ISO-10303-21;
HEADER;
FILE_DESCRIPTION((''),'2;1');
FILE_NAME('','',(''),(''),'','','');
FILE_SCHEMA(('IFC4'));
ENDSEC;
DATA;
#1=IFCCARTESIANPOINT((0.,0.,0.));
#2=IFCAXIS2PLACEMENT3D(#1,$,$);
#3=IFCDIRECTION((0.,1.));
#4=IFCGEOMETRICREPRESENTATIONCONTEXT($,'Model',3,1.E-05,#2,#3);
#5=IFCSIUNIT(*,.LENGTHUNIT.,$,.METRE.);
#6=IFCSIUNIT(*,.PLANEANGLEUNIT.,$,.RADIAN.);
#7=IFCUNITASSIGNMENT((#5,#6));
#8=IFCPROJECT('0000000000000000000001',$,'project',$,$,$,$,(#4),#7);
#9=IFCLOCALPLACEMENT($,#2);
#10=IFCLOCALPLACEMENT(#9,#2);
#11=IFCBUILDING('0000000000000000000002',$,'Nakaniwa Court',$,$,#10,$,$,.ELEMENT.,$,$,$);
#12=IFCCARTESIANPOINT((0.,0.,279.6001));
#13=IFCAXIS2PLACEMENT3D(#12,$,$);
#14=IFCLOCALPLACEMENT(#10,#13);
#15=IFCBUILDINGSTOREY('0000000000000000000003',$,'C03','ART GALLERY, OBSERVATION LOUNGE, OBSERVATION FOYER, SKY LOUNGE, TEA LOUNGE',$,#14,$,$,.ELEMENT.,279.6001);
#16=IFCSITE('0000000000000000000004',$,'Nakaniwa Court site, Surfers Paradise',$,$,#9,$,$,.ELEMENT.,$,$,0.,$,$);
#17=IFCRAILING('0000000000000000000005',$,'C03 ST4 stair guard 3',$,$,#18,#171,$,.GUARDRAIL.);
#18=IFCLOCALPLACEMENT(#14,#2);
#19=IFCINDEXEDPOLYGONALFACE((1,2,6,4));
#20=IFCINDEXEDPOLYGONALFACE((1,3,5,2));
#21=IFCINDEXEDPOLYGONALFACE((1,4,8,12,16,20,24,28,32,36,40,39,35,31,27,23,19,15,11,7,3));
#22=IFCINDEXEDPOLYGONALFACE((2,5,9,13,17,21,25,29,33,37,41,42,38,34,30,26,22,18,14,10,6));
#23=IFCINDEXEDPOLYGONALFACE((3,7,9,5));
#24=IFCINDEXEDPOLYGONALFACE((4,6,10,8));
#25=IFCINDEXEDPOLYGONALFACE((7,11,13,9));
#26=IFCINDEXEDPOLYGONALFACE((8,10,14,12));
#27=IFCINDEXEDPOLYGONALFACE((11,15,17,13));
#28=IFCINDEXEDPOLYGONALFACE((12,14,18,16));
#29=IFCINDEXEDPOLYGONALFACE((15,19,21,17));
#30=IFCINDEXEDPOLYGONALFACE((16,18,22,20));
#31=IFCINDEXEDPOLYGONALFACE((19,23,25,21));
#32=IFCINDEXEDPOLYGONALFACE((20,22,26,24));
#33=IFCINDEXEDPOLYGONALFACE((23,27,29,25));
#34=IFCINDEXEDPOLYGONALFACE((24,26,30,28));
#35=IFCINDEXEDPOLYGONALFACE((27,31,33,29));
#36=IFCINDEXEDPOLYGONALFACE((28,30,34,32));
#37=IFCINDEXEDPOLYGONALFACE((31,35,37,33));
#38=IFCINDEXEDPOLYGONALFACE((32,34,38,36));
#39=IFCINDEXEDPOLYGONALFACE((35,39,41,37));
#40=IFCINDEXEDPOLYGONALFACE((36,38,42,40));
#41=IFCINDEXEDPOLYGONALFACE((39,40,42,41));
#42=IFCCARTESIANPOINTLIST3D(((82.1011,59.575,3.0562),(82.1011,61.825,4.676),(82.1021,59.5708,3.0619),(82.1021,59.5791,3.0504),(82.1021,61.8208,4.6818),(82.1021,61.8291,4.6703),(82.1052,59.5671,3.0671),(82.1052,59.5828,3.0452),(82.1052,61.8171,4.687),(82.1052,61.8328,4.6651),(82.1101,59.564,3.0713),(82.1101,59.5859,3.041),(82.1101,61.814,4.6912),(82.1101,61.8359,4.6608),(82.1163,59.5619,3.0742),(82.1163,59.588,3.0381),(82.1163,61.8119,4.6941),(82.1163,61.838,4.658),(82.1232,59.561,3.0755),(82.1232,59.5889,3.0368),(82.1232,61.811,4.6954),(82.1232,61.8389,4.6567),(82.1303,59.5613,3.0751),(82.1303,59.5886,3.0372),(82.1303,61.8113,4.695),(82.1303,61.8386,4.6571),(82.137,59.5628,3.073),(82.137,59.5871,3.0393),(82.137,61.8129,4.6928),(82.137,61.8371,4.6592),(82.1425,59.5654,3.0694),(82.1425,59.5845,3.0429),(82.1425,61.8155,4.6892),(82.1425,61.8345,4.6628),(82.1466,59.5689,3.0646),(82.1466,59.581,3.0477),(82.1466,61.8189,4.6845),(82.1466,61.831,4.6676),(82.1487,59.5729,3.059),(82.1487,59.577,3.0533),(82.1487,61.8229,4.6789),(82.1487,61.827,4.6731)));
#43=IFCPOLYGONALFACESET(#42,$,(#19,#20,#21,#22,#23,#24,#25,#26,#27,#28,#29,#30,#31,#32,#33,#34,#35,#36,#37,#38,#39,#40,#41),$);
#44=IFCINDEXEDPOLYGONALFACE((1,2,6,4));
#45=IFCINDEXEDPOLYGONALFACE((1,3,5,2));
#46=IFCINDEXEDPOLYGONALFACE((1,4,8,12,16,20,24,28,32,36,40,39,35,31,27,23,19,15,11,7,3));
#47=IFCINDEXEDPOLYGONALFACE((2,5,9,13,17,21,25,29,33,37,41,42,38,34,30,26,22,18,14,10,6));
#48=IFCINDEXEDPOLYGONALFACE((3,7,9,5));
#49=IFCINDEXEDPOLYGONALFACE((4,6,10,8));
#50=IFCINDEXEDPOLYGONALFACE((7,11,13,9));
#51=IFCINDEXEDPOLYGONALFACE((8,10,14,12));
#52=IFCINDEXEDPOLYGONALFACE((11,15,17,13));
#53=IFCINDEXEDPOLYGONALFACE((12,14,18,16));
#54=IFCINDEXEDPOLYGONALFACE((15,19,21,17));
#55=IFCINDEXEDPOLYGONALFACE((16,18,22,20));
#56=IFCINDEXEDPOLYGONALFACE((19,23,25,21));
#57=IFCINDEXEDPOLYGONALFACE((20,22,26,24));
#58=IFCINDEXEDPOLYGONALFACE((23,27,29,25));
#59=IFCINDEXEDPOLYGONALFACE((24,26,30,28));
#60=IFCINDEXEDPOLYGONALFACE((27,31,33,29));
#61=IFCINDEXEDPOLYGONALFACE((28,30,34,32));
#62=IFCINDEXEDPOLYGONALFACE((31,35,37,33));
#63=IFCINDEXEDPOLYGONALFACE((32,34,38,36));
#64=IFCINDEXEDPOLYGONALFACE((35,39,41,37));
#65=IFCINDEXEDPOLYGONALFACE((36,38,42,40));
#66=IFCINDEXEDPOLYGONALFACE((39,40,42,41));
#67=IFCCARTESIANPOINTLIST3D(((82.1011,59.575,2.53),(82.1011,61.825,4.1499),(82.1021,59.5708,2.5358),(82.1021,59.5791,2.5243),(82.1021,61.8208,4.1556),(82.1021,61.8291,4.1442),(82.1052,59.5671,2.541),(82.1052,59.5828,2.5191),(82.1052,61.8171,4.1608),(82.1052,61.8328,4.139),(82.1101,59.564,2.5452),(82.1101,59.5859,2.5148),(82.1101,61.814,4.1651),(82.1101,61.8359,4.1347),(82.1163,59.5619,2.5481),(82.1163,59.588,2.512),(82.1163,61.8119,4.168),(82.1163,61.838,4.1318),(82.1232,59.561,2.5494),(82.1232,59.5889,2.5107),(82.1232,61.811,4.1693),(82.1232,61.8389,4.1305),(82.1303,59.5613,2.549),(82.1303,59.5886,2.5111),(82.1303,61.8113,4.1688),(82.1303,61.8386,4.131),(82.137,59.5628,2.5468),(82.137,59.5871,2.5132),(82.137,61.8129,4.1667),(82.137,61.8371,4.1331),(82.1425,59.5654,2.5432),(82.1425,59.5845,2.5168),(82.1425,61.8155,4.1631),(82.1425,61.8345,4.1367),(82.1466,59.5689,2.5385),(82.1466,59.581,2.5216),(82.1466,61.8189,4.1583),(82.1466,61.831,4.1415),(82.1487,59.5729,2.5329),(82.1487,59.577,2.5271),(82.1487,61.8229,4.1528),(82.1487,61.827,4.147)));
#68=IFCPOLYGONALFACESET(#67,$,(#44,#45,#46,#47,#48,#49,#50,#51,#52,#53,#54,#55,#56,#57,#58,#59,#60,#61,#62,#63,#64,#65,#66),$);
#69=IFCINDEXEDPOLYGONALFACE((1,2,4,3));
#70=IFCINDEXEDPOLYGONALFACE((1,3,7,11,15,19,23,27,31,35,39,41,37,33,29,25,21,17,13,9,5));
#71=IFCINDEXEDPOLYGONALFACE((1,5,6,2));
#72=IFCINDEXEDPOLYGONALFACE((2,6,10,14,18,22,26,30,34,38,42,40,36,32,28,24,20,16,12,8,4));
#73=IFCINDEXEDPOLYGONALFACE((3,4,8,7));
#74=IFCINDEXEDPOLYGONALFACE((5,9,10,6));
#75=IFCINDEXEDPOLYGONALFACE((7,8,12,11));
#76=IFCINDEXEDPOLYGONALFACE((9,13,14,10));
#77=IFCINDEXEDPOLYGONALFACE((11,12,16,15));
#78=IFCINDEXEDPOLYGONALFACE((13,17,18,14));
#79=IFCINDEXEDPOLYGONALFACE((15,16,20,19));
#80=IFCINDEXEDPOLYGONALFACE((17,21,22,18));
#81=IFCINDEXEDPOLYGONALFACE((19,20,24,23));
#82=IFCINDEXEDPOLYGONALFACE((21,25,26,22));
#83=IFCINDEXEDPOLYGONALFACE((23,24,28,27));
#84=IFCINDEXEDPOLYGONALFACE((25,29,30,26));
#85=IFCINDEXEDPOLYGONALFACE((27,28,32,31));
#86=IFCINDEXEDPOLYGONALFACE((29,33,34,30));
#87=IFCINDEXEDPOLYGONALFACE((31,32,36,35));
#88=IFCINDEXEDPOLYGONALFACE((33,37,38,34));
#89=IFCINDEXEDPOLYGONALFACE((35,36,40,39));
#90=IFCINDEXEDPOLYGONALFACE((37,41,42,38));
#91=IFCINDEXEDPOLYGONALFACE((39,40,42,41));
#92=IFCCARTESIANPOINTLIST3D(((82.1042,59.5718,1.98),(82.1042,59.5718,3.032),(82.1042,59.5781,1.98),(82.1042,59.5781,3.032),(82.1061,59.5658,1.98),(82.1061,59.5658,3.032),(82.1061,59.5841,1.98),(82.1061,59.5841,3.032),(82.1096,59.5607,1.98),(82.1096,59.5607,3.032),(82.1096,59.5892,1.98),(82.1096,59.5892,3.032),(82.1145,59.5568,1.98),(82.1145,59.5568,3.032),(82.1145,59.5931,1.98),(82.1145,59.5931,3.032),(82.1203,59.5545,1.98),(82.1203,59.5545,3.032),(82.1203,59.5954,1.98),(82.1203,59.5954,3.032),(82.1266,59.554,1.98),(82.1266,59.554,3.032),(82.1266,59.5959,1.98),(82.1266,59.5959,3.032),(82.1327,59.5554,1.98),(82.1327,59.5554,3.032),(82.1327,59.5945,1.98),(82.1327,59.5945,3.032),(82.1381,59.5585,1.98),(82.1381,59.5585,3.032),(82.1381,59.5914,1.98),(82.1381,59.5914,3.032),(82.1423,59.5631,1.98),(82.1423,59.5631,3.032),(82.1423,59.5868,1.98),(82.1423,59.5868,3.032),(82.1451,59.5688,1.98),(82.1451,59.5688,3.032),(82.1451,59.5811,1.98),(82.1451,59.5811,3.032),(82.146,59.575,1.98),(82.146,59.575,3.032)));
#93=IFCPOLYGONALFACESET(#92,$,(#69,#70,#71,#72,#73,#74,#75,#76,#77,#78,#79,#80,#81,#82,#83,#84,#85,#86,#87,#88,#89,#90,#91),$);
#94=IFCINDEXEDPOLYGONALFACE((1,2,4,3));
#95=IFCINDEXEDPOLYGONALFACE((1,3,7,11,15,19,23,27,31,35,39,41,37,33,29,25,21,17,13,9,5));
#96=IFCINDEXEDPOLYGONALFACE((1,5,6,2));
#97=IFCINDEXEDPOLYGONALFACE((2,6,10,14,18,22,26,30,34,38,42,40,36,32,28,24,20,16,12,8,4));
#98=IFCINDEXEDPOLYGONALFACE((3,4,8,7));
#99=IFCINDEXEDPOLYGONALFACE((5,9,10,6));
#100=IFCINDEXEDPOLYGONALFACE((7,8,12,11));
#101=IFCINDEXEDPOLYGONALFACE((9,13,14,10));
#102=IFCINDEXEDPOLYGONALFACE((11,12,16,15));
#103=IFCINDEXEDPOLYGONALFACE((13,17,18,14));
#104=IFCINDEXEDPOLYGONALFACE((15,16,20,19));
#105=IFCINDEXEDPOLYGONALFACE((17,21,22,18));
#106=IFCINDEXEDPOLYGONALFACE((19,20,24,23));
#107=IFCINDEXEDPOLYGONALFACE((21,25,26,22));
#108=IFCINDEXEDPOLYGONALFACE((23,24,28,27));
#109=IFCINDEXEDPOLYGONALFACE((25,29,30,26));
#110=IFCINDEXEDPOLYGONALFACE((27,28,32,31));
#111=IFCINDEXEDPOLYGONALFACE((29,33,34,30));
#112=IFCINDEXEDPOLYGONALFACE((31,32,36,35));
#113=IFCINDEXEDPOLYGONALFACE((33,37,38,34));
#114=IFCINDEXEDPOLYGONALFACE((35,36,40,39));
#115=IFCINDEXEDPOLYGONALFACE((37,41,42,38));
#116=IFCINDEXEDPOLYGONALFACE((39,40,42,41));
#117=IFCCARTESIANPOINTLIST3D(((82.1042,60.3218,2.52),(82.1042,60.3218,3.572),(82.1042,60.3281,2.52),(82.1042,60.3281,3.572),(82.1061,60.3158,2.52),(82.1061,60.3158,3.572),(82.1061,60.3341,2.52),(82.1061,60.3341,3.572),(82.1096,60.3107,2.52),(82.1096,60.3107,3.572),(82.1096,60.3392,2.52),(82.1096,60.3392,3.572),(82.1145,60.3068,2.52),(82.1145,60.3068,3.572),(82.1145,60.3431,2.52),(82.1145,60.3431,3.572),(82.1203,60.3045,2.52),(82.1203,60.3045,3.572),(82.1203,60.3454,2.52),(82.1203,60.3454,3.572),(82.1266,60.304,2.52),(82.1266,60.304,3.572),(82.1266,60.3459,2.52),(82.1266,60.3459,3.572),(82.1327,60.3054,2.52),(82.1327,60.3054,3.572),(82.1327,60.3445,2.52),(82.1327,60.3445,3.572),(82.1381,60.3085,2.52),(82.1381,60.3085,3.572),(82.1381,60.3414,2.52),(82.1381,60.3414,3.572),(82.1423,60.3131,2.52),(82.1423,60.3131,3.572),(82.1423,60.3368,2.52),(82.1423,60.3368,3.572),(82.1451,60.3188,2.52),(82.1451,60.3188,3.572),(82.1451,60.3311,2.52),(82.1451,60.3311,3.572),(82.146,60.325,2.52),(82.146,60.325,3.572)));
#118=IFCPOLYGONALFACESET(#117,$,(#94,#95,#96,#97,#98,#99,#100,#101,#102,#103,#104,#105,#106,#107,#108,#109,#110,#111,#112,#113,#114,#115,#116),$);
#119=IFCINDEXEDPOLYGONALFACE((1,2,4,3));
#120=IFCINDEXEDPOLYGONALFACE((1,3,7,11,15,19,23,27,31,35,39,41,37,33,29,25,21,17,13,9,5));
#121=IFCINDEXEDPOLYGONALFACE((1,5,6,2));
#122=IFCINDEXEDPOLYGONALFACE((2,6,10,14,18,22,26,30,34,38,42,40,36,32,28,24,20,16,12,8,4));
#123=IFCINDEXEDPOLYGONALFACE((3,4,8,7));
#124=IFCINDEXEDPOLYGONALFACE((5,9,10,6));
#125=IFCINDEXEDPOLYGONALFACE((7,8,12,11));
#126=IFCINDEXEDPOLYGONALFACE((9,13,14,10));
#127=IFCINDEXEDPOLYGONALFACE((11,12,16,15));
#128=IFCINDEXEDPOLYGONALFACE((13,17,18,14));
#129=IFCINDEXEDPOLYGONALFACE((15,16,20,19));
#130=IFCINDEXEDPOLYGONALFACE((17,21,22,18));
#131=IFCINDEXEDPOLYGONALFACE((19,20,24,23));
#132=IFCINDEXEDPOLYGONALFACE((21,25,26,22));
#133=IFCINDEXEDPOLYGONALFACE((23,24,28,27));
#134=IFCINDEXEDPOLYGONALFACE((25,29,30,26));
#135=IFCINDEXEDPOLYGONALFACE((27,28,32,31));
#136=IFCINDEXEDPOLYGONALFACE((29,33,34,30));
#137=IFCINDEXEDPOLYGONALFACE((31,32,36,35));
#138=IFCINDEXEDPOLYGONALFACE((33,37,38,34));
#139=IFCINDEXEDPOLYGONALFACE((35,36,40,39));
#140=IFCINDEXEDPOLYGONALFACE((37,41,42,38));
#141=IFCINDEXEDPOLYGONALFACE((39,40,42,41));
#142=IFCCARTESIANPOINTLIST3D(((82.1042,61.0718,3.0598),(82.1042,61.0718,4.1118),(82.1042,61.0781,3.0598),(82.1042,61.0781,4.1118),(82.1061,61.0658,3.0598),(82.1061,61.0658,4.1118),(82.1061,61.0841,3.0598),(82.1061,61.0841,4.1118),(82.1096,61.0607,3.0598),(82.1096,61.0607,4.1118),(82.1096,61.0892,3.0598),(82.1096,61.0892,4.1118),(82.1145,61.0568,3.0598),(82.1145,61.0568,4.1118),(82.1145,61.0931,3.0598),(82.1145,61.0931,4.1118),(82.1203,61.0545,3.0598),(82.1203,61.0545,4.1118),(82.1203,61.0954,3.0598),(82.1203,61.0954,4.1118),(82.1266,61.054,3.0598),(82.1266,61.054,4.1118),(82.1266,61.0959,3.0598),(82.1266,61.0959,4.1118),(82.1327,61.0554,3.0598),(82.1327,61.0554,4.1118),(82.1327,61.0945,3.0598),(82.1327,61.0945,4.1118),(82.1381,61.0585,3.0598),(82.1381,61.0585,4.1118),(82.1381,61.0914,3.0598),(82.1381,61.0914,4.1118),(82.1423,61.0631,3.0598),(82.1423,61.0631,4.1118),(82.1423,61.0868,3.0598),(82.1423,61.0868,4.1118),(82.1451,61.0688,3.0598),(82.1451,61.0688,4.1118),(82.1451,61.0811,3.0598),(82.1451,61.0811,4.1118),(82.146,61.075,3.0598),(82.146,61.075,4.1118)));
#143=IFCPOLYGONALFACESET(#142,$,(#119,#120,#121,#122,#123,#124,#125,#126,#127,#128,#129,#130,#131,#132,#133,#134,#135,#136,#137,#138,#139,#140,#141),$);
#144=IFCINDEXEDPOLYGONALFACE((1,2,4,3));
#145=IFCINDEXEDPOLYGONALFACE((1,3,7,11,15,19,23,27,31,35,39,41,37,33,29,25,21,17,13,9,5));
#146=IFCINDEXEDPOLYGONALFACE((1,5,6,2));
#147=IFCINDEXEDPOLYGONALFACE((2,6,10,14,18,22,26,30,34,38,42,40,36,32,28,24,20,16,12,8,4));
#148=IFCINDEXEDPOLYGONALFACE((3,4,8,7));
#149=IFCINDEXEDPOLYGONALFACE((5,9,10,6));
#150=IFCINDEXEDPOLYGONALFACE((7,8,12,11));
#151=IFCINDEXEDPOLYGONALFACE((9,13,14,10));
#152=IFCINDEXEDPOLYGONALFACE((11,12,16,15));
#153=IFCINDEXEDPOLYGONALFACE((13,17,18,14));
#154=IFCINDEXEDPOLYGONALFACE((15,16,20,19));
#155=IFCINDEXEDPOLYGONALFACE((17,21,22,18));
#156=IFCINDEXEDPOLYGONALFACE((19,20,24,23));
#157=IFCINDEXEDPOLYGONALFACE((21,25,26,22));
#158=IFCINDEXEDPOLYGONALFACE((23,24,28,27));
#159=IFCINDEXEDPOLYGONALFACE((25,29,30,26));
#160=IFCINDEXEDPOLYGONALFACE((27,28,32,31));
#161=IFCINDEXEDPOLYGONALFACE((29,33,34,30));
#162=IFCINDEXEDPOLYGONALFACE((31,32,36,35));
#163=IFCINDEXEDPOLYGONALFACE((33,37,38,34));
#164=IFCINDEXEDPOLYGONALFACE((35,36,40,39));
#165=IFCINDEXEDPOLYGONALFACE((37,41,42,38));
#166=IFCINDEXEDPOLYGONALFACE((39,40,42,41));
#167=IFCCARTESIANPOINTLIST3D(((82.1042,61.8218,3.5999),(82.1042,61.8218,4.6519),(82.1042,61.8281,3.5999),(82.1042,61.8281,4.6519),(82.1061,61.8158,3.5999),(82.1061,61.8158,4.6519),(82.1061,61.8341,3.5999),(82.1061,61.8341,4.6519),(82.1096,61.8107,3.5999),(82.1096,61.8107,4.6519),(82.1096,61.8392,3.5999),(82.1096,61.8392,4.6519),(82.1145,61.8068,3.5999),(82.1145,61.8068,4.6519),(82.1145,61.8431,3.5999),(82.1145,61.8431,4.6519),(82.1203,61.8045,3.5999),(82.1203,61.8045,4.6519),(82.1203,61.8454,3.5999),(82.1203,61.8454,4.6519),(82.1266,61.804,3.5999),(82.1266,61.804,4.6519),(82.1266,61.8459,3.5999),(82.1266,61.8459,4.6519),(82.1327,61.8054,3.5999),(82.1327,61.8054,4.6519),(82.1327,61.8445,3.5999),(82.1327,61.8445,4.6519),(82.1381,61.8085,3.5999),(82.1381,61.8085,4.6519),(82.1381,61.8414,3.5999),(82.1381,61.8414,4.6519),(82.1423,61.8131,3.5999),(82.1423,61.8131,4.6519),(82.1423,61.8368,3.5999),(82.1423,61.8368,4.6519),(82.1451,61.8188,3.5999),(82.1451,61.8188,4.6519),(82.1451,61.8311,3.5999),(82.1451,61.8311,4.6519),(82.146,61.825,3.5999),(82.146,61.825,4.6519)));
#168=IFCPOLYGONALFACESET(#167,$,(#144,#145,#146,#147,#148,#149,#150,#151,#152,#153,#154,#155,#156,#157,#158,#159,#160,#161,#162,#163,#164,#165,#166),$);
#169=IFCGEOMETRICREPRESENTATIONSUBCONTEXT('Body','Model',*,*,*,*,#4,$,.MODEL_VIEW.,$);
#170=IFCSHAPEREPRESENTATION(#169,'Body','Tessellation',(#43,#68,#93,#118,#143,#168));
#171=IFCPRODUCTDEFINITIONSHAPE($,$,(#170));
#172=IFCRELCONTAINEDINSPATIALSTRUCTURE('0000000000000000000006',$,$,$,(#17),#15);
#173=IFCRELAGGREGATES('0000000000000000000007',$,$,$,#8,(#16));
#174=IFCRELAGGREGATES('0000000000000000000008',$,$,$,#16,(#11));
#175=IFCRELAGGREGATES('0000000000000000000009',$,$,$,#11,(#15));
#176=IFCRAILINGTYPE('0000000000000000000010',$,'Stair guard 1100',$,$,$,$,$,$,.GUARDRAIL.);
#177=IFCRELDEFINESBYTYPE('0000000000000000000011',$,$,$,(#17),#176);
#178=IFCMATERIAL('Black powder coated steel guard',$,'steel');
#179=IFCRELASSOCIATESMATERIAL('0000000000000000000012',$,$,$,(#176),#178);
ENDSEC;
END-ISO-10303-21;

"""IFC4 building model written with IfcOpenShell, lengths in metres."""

from ifc_helpers import new_model, si_unit, direction, frame, origin, origin_2d, place, context, subcontext, project, spatial, circle, extrude, material, type_object, element, save


model = new_model("IFC4")

# Units and contexts
model_context = context("Model", 3, precision=1e-05, world=origin(), true_north=direction((0.0, 1.0)))
body_context = subcontext(model_context, "Body", "Model", "MODEL_VIEW")
ifc_project = project(units=[si_unit("LENGTHUNIT", "METRE"), si_unit("PLANEANGLEUNIT", "RADIAN")], contexts=[model_context])

# Site, building, storey
site_placement = place(None, origin())
site = spatial("IfcSite", under=ifc_project, at=site_placement, Name="Nakaniwa Court site, Surfers Paradise", CompositionType="ELEMENT", RefElevation=0.0)
building_placement = place(site_placement, origin())
building = spatial("IfcBuilding", under=site, at=building_placement, Name="Nakaniwa Court", CompositionType="ELEMENT")
storey_placement = place(building_placement, frame((0.0, 0.0, 279.6001)))
storey = spatial("IfcBuildingStorey", under=building, at=storey_placement, Name="C03", Description="ART GALLERY, OBSERVATION LOUNGE, OBSERVATION FOYER, SKY LOUNGE, TEA LOUNGE", CompositionType="ELEMENT", Elevation=279.6001)

# Railing
ifc_material_1 = material(Name="Black powder coated steel guard", Category="steel")
railing_type_1 = type_object("IfcRailingType", Name="Stair guard 1100", PredefinedType="GUARDRAIL", material=ifc_material_1)
railing_1_placement = place(storey_placement, frame((82.125, 59.575, 1.98)))
element("IfcRailing", 1, at=railing_1_placement, inside=storey, type_object=railing_type_1, Name="C03 ST4 stair guard 3", PredefinedType="GUARDRAIL", context=body_context, shape_type="SweptSolid", body=[
    extrude(circle(Radius=0.0239, at=origin_2d()), frame((0.0, 0.0, 1.0762), z_axis=(0.0, 0.811556, 0.584275), x_axis=(-1.0, 0.0, 0.0)), (0.0, 0.0, 1.0), 2.7725),
    extrude(circle(Radius=0.0239, at=origin_2d()), frame((0.0, 0.0, 0.55), z_axis=(0.0, 0.811556, 0.584275), x_axis=(-1.0, 0.0, 0.0)), (0.0, 0.0, 1.0), 2.7725),
    extrude(circle(Radius=0.021, at=origin_2d()), origin(), (0.0, 0.0, 1.0), 1.052),
    extrude(circle(Radius=0.021, at=origin_2d()), frame((0.0, 0.75, 0.54)), (0.0, 0.0, 1.0), 1.052),
    extrude(circle(Radius=0.021, at=origin_2d()), frame((0.0, 1.5, 1.0798)), (0.0, 0.0, 1.0), 1.052),
    extrude(circle(Radius=0.021, at=origin_2d()), frame((0.0, 2.25, 1.6199)), (0.0, 0.0, 1.0), 1.052),
])

save(model, "model.ifc")
